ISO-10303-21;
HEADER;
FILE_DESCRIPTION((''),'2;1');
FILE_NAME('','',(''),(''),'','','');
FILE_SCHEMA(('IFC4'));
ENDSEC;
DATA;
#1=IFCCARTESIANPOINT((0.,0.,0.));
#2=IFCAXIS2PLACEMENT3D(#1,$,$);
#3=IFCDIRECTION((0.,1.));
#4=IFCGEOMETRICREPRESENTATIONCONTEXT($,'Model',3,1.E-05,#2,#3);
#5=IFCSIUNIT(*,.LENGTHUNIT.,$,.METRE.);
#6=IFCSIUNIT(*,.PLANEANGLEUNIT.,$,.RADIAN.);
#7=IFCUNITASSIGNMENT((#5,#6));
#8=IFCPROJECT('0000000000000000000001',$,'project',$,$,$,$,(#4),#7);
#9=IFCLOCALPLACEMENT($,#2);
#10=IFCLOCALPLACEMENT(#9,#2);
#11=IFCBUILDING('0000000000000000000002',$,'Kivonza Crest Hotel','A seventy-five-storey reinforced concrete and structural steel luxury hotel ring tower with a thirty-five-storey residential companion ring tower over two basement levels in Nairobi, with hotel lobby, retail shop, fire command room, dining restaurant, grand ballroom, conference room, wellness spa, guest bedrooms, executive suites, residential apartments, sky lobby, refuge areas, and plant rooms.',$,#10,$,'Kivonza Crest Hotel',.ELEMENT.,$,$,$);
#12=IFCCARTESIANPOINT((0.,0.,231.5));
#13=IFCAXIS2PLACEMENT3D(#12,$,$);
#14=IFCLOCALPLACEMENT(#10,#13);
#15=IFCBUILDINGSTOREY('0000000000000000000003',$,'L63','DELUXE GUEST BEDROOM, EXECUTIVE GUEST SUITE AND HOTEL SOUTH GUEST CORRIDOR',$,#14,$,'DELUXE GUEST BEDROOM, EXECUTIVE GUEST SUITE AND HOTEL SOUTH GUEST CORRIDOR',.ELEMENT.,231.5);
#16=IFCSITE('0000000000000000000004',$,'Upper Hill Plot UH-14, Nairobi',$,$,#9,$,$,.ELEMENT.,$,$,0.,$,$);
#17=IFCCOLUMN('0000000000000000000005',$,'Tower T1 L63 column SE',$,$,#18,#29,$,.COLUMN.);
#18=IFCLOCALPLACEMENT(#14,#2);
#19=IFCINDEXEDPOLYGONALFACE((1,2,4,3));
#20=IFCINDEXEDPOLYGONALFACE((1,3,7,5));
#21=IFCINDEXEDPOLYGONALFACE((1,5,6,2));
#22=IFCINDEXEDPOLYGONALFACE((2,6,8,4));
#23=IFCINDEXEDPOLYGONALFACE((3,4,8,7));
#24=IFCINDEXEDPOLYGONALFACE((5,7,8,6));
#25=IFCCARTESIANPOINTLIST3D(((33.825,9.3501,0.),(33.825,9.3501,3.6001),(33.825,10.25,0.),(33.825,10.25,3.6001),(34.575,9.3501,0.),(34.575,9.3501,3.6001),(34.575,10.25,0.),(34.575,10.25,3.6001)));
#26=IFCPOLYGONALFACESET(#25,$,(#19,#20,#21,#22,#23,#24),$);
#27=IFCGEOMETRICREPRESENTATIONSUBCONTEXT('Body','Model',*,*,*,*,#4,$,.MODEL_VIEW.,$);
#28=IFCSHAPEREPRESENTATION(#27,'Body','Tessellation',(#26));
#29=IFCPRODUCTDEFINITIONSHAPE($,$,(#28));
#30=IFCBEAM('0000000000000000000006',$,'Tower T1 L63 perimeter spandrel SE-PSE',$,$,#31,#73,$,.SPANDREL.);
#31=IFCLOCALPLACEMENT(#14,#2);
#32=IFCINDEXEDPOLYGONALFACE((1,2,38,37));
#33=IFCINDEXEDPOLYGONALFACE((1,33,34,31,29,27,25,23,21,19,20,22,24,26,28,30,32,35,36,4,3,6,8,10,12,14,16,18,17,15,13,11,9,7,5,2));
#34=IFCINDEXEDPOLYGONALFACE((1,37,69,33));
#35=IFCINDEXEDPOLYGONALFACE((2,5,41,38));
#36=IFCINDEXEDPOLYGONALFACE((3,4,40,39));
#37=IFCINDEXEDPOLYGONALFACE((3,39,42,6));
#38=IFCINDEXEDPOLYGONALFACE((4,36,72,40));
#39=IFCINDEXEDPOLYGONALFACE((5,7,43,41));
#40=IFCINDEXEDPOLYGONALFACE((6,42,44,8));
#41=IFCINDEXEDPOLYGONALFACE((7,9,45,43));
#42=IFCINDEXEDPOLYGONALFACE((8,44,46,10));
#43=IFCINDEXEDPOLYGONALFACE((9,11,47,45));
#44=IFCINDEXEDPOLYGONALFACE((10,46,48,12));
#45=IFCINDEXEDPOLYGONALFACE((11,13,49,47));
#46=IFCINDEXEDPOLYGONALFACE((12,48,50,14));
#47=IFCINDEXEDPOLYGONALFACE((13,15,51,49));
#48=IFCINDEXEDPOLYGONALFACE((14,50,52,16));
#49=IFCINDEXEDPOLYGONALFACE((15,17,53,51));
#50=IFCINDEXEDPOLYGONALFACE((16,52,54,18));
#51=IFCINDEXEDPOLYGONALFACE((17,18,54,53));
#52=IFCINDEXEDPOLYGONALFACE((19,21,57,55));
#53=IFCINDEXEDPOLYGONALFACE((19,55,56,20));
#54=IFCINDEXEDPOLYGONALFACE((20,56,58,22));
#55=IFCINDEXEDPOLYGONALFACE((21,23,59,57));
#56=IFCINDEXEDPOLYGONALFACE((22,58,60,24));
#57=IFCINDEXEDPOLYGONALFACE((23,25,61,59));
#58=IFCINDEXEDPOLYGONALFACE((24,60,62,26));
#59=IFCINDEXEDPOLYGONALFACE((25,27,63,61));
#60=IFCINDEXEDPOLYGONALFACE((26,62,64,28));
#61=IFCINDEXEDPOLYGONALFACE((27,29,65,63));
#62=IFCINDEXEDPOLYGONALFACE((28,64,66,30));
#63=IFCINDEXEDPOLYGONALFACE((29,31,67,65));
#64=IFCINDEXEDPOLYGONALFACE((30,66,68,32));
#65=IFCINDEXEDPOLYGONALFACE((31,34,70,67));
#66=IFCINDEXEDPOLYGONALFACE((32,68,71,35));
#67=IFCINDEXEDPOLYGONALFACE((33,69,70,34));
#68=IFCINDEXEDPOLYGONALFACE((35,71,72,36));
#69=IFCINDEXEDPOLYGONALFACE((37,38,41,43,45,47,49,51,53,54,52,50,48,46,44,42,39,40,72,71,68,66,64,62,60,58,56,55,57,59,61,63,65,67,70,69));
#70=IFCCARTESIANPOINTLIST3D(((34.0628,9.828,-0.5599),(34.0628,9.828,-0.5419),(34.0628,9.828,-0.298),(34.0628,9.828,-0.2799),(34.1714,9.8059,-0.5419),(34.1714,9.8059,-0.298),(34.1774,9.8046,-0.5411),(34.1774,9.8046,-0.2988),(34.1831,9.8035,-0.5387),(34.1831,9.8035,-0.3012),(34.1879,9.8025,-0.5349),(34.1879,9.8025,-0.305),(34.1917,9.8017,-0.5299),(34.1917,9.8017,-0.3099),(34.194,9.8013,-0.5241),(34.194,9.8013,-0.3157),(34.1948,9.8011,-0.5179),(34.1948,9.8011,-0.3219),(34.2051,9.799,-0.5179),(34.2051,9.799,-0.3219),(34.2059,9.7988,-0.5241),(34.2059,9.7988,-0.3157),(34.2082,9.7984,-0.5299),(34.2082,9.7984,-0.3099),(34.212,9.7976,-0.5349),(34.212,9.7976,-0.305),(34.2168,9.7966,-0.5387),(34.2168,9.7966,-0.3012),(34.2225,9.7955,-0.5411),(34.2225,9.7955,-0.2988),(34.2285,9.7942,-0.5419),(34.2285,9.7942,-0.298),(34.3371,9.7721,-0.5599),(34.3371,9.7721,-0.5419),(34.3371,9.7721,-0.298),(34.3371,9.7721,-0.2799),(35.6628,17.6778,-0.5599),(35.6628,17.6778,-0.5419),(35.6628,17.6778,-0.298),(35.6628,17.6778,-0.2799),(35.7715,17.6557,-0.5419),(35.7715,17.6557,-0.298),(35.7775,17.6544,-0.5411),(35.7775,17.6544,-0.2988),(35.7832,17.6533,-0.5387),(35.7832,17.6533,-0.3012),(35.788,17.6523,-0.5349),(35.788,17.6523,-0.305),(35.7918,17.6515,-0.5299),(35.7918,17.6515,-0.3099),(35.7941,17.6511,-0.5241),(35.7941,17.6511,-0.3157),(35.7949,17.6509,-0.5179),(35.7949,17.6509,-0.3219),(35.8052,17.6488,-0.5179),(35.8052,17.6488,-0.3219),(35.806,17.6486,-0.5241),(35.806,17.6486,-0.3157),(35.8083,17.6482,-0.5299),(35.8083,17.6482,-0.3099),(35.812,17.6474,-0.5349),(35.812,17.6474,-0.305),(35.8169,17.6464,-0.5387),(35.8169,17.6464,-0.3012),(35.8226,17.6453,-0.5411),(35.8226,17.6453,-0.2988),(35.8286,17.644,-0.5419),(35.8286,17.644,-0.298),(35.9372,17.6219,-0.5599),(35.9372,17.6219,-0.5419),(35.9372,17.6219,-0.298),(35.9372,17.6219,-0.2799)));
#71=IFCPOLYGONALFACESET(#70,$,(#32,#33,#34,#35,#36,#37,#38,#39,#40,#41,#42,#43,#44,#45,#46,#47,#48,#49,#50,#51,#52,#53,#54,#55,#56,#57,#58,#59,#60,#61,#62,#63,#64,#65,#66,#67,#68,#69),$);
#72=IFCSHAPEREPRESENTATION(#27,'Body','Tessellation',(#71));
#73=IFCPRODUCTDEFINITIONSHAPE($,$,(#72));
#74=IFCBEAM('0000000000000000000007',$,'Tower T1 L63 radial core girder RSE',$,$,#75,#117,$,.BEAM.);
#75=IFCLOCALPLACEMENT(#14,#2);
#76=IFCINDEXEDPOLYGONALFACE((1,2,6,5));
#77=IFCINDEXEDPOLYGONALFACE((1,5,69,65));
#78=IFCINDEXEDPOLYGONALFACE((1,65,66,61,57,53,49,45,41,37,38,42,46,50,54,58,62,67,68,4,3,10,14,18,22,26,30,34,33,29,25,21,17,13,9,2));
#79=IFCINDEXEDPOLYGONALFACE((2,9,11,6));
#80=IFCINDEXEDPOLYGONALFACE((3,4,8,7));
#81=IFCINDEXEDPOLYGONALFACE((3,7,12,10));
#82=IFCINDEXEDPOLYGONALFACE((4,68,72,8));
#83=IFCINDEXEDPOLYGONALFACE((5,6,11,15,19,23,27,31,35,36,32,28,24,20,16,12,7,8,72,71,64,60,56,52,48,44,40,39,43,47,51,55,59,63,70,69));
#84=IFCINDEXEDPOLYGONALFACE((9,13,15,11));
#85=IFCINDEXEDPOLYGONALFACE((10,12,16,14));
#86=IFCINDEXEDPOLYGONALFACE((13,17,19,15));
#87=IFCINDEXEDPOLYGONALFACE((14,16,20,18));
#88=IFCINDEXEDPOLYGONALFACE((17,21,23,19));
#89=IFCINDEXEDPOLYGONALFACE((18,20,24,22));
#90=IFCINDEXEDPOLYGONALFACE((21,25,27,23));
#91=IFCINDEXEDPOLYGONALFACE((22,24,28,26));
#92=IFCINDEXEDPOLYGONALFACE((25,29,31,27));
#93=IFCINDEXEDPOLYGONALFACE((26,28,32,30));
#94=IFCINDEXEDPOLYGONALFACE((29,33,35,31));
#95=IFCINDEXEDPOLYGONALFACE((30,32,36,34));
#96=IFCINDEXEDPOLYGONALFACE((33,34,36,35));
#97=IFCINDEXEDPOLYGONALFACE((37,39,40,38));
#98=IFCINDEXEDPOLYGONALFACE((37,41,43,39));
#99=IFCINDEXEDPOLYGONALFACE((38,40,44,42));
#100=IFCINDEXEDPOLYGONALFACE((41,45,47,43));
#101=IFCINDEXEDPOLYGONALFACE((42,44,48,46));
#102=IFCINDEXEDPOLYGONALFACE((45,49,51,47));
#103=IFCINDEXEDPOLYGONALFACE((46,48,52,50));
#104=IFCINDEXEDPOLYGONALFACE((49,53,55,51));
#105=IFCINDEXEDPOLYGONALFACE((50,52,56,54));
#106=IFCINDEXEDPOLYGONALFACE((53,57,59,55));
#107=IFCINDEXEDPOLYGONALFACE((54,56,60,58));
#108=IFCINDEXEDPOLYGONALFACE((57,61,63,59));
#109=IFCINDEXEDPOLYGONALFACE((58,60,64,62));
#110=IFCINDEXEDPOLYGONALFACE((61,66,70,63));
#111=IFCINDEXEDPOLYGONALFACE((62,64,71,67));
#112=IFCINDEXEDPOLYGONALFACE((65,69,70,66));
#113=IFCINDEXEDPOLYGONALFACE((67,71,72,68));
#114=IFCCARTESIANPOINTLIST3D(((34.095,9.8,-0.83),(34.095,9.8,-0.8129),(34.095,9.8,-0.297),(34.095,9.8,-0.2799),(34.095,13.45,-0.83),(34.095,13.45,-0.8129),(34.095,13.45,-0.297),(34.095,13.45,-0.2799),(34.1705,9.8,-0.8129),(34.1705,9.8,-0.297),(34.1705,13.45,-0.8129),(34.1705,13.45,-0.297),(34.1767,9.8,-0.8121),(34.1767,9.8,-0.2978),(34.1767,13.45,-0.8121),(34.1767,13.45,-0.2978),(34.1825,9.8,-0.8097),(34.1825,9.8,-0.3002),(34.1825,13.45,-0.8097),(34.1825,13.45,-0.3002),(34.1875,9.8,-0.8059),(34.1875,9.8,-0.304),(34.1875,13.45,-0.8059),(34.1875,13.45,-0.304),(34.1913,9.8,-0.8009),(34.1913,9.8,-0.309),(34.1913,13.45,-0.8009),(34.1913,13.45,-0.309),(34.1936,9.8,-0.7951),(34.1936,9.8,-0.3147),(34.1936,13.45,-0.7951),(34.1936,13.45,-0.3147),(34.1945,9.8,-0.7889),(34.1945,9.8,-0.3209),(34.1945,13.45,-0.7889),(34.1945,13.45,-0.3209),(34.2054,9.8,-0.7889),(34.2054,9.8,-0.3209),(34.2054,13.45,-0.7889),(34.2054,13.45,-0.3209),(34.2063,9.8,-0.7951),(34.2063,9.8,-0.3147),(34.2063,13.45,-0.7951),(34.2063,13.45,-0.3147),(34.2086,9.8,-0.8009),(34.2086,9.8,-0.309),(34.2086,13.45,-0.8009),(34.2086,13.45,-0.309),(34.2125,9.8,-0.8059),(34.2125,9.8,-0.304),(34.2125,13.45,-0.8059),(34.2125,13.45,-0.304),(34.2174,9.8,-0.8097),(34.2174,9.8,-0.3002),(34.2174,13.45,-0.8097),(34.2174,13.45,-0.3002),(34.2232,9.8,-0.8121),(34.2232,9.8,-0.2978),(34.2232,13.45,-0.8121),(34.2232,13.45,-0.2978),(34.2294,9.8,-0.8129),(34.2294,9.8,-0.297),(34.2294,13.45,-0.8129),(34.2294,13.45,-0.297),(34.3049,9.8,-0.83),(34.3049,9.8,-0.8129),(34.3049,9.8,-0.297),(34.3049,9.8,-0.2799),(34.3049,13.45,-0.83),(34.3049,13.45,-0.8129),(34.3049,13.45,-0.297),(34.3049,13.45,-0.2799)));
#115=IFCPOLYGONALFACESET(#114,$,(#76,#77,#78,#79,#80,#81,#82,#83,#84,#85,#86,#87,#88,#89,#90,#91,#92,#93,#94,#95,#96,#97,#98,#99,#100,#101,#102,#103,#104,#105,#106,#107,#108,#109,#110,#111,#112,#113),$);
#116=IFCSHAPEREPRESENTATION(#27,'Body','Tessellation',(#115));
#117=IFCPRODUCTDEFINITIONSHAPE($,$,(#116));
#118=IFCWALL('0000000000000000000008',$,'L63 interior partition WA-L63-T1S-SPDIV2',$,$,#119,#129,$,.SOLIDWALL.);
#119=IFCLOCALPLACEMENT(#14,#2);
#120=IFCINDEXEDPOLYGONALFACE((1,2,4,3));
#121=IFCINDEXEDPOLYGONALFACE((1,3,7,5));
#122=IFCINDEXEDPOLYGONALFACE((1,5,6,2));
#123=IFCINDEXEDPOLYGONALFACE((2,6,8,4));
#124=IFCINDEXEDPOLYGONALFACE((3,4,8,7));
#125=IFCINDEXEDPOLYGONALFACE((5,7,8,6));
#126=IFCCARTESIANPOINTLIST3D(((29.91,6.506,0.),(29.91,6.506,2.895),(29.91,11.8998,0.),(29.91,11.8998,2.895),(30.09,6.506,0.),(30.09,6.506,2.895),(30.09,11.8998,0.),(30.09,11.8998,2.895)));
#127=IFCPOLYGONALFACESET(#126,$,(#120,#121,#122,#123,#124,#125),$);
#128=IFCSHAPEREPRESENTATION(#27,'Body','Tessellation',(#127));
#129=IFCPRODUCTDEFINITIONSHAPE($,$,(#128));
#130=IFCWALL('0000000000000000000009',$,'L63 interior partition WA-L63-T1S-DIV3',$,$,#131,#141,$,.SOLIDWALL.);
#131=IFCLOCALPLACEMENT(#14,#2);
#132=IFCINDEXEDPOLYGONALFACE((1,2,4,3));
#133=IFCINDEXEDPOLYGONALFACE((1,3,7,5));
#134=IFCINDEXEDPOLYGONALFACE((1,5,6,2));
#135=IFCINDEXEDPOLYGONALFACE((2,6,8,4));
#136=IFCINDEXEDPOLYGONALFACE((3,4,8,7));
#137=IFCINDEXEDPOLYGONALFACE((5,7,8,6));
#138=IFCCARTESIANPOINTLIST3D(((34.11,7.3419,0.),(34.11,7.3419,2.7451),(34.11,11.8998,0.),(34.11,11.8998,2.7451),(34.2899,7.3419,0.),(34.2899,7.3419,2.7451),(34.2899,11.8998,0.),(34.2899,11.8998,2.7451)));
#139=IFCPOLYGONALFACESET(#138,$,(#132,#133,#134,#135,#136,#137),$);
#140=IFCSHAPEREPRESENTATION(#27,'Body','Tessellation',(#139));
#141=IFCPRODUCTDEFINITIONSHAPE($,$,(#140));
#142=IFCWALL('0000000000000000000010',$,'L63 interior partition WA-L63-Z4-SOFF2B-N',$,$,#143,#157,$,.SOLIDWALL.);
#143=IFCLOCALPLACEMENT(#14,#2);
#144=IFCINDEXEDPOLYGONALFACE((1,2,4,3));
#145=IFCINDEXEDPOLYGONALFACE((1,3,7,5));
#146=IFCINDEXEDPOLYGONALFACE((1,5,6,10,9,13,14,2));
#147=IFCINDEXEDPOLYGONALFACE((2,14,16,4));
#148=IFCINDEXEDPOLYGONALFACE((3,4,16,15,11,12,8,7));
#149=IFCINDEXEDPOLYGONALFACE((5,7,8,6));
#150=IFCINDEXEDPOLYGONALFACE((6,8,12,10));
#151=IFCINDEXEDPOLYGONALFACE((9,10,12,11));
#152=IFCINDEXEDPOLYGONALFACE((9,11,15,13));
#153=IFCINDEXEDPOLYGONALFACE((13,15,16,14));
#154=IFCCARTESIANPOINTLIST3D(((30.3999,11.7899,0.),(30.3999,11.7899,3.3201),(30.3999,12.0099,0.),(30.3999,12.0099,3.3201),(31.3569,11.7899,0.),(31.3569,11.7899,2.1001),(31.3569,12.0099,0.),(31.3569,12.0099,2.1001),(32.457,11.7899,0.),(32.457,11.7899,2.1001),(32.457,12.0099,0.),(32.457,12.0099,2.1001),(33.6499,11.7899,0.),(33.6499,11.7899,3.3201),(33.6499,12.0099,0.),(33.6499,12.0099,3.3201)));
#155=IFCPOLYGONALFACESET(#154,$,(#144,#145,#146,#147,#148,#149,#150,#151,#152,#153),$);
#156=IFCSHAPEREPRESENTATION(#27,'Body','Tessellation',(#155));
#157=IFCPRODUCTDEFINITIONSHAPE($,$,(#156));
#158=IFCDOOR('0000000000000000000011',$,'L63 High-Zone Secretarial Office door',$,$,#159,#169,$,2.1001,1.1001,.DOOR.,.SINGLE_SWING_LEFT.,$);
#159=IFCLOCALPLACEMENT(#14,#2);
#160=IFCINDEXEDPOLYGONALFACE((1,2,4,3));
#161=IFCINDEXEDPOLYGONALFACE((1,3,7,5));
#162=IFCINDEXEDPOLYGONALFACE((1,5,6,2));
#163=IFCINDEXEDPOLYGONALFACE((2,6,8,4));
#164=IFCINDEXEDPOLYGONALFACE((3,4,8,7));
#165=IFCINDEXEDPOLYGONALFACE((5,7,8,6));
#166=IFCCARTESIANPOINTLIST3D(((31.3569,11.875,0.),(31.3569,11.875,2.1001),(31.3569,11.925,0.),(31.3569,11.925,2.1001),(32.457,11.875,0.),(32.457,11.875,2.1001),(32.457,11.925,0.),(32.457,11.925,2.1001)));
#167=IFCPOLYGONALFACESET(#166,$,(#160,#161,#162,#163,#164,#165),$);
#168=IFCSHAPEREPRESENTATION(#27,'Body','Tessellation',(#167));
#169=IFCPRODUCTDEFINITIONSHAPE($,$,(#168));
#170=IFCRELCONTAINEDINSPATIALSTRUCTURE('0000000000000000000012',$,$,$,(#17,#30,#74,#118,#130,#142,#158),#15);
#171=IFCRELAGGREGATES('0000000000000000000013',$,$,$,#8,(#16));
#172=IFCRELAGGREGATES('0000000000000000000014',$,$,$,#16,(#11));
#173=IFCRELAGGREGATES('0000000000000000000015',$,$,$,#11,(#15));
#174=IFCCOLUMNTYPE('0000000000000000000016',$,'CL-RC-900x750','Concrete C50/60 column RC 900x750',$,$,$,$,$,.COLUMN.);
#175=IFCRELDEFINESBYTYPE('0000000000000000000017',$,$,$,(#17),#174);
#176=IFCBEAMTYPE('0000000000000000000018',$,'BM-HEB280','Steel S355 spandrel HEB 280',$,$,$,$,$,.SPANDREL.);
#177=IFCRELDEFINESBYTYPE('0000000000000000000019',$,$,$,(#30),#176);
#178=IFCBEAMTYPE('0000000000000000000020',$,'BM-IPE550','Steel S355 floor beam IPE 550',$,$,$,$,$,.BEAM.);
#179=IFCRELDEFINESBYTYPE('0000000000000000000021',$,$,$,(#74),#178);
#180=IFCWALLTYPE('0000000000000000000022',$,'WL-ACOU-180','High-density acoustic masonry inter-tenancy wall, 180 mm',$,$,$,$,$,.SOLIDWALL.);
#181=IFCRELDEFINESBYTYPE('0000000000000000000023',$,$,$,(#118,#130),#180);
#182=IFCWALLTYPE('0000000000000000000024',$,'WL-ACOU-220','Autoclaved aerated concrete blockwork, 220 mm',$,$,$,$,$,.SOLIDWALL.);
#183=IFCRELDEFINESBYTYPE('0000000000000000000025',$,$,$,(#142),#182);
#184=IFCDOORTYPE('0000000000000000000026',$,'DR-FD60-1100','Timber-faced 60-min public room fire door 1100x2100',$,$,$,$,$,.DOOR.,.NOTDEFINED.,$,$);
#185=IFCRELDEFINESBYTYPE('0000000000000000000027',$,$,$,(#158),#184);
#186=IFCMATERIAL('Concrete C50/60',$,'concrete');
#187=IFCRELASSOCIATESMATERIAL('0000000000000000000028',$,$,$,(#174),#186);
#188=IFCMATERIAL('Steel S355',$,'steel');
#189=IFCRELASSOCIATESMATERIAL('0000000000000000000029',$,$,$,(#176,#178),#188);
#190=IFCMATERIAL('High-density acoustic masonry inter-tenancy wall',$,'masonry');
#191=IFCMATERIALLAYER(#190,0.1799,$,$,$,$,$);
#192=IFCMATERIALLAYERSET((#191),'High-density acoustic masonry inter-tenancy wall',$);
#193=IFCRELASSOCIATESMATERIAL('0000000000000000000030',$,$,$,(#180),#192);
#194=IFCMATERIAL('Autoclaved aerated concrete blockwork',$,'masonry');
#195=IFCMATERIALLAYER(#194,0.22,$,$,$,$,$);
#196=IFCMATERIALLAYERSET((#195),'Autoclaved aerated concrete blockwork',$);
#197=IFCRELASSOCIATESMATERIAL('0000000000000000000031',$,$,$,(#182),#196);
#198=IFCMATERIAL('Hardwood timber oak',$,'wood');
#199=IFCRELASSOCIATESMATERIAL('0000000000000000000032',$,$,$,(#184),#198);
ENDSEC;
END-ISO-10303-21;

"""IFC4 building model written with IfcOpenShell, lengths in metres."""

from ifc_helpers import new_model, si_unit, direction, frame, frame_2d, origin, origin_2d, place, context, subcontext, project, spatial, rectangle, i_section, extrude, material, layer, layer_set, material_profile, profile_set, type_object, element, fill, save


model = new_model("IFC4")

# Units and contexts
model_context = context("Model", 3, precision=1e-05, world=origin(), true_north=direction((0.0, 1.0)))
body_context = subcontext(model_context, "Body", "Model", "MODEL_VIEW")
ifc_project = project(units=[si_unit("LENGTHUNIT", "METRE"), si_unit("PLANEANGLEUNIT", "RADIAN")], contexts=[model_context])

# Site, building, storey
site_placement = place(None, origin())
site = spatial("IfcSite", under=ifc_project, at=site_placement, Name="Upper Hill Plot UH-14, Nairobi", CompositionType="ELEMENT", RefElevation=0.0)
building_placement = place(site_placement, origin())
building = spatial("IfcBuilding", under=site, at=building_placement, Name="Kivonza Crest Hotel", Description="A seventy-five-storey reinforced concrete and structural steel luxury hotel ring tower with a thirty-five-storey residential companion ring tower over two basement levels in Nairobi, with hotel lobby, retail shop, fire command room, dining restaurant, grand ballroom, conference room, wellness spa, guest bedrooms, executive suites, residential apartments, sky lobby, refuge areas, and plant rooms.", LongName="Kivonza Crest Hotel", CompositionType="ELEMENT")
storey_placement = place(building_placement, frame((0.0, 0.0, 231.5)))
storey = spatial("IfcBuildingStorey", under=building, at=storey_placement, Name="L63", Description="DELUXE GUEST BEDROOM, EXECUTIVE GUEST SUITE AND HOTEL SOUTH GUEST CORRIDOR", LongName="DELUXE GUEST BEDROOM, EXECUTIVE GUEST SUITE AND HOTEL SOUTH GUEST CORRIDOR", CompositionType="ELEMENT", Elevation=231.5)

# Column
ifc_material_1 = material(Name="Concrete C50/60", Category="concrete")
ifc_material_profile_1 = material_profile(ifc_material_1, rectangle(XDim=0.75, YDim=0.8999, at=origin_2d()), Name="RC 900x750")
ifc_profile_set_1 = profile_set([ifc_material_profile_1], Name="Concrete C50/60")
column_type = type_object("IfcColumnType", Name="CL-RC-900x750", Description="Concrete C50/60 column RC 900x750", PredefinedType="COLUMN", material=ifc_profile_set_1)
column_placement = place(storey_placement, frame((34.2, 9.8, 0.0), z_axis=(0.0, 0.0, 1.0), x_axis=(1.0, 0.0, 0.0)))
element("IfcColumn", 1, at=column_placement, inside=storey, type_object=column_type, Name="Tower T1 L63 column SE", PredefinedType="COLUMN", context=body_context, shape_type="SweptSolid", body=[
    extrude(rectangle(XDim=0.75, YDim=0.8999, at=origin_2d()), origin(), (0.0, 0.0, 1.0), 3.6001),
])

# Beams
ifc_material_2 = material(Name="Steel S355", Category="steel")
ifc_material_profile_2 = material_profile(ifc_material_2, i_section(OverallWidth=0.28, OverallDepth=0.28, WebThickness=0.0105, FlangeThickness=0.0181, FilletRadius=0.0239, at=origin_2d()), Name="HEB 280")
ifc_profile_set_2 = profile_set([ifc_material_profile_2], Name="Steel S355")
beam_type_1 = type_object("IfcBeamType", Name="BM-HEB280", Description="Steel S355 spandrel HEB 280", PredefinedType="SPANDREL", material=ifc_profile_set_2)
beam_1_placement = place(storey_placement, frame((34.2, 9.8, -0.4199), z_axis=(0.199731, 0.979851, 0.0), x_axis=(-0.979851, 0.199731, 0.0)))
element("IfcBeam", 2, at=beam_1_placement, inside=storey, type_object=beam_type_1, Name="Tower T1 L63 perimeter spandrel SE-PSE", PredefinedType="SPANDREL", context=body_context, shape_type="SweptSolid", body=[
    extrude(i_section(OverallWidth=0.28, OverallDepth=0.28, WebThickness=0.0105, FlangeThickness=0.0181, FilletRadius=0.0239, at=origin_2d()), origin(), (0.0, 0.0, 1.0), 8.0112),
])
ifc_material_profile_3 = material_profile(ifc_material_2, i_section(OverallWidth=0.21, OverallDepth=0.55, WebThickness=0.011, FlangeThickness=0.0171, FilletRadius=0.0239, at=origin_2d()), Name="IPE 550")
ifc_profile_set_3 = profile_set([ifc_material_profile_3], Name="Steel S355")
beam_type_2 = type_object("IfcBeamType", Name="BM-IPE550", Description="Steel S355 floor beam IPE 550", PredefinedType="BEAM", material=ifc_profile_set_3)
beam_2_placement = place(storey_placement, frame((34.2, 9.8, -0.5549), z_axis=(0.0, 1.0, 0.0), x_axis=(-1.0, 0.0, 0.0)))
element("IfcBeam", 3, at=beam_2_placement, inside=storey, type_object=beam_type_2, Name="Tower T1 L63 radial core girder RSE", PredefinedType="BEAM", context=body_context, shape_type="SweptSolid", body=[
    extrude(i_section(OverallWidth=0.21, OverallDepth=0.55, WebThickness=0.011, FlangeThickness=0.0171, FilletRadius=0.0239, at=origin_2d()), origin(), (0.0, 0.0, 1.0), 3.6499),
])

# Walls
ifc_material_3 = material(Name="High-density acoustic masonry inter-tenancy wall", Category="masonry")
ifc_layer_1 = layer(ifc_material_3, 0.1799)
ifc_layer_set_1 = layer_set([ifc_layer_1], Name="High-density acoustic masonry inter-tenancy wall")
wall_type_1 = type_object("IfcWallType", Name="WL-ACOU-180", Description="High-density acoustic masonry inter-tenancy wall, 180 mm", PredefinedType="SOLIDWALL", material=ifc_layer_set_1)
wall_1_placement = place(storey_placement, frame((30.0, 6.5061, 0.0), z_axis=(0.0, 0.0, 1.0), x_axis=(0.0, 1.0, 0.0)))
element("IfcWall", 4, at=wall_1_placement, inside=storey, type_object=wall_type_1, Name="L63 interior partition WA-L63-T1S-SPDIV2", PredefinedType="SOLIDWALL", context=body_context, shape_type="SweptSolid", body=[
    extrude(rectangle(XDim=5.3938, YDim=0.1799, at=frame_2d((2.6968, 0.0))), origin(), (0.0, 0.0, 1.0), 2.895),
])
wall_2_placement = place(storey_placement, frame((34.2, 7.342, 0.0), z_axis=(0.0, 0.0, 1.0), x_axis=(0.0, 1.0, 0.0)))
element("IfcWall", 5, at=wall_2_placement, inside=storey, type_object=wall_type_1, Name="L63 interior partition WA-L63-T1S-DIV3", PredefinedType="SOLIDWALL", context=body_context, shape_type="SweptSolid", body=[
    extrude(rectangle(XDim=4.5579, YDim=0.1799, at=frame_2d((2.2788, 0.0))), origin(), (0.0, 0.0, 1.0), 2.7451),
])

# Wall, opening, door
ifc_material_4 = material(Name="Autoclaved aerated concrete blockwork", Category="masonry")
ifc_layer_2 = layer(ifc_material_4, 0.22)
ifc_layer_set_2 = layer_set([ifc_layer_2], Name="Autoclaved aerated concrete blockwork")
wall_type_2 = type_object("IfcWallType", Name="WL-ACOU-220", Description="Autoclaved aerated concrete blockwork, 220 mm", PredefinedType="SOLIDWALL", material=ifc_layer_set_2)
wall_3_placement = place(storey_placement, frame((30.3999, 11.8999, 0.0), z_axis=(0.0, 0.0, 1.0), x_axis=(1.0, 0.0, 0.0)))
wall_3 = element("IfcWall", 6, at=wall_3_placement, inside=storey, type_object=wall_type_2, Name="L63 interior partition WA-L63-Z4-SOFF2B-N", PredefinedType="SOLIDWALL", context=body_context, shape_type="SweptSolid", body=[
    extrude(rectangle(XDim=3.25, YDim=0.22, at=frame_2d((1.625, 0.0))), origin(), (0.0, 0.0, 1.0), 3.3201),
])
opening_1_placement = place(wall_3_placement, frame((0.957, 0.0, 0.0)))
opening_1 = element("IfcOpeningElement", 7, at=opening_1_placement, cuts=wall_3, PredefinedType="OPENING", context=body_context, shape_type="SweptSolid", body=[
    extrude(rectangle(XDim=1.1001, YDim=2.1001, at=frame_2d((0.55, 1.05))), frame((0.0, 0.1201, 0.0), z_axis=(0.0, -1.0, 0.0), x_axis=(1.0, 0.0, 0.0)), (0.0, 0.0, 1.0), 0.24),
])
ifc_material_5 = material(Name="Hardwood timber oak", Category="wood")
door_type_1 = type_object("IfcDoorType", Name="DR-FD60-1100", Description="Timber-faced 60-min public room fire door 1100x2100", OperationType="NOTDEFINED", PredefinedType="DOOR", material=ifc_material_5)
door_1_placement = place(opening_1_placement, frame((1.1001, 0.0, 0.0), z_axis=(0.0, 0.0, 1.0), x_axis=(-1.0, 0.0, 0.0)))
door_1 = element("IfcDoor", 8, at=door_1_placement, inside=storey, type_object=door_type_1, Name="L63 High-Zone Secretarial Office door", OperationType="SINGLE_SWING_LEFT", OverallHeight=2.1001, OverallWidth=1.1001, PredefinedType="DOOR", context=body_context, shape_type="SweptSolid", body=[
    extrude(rectangle(XDim=1.1001, YDim=2.1001, at=frame_2d((0.55, 1.05))), frame((0.0, 0.0249, 0.0), z_axis=(0.0, -1.0, 0.0), x_axis=(1.0, 0.0, 0.0)), (0.0, 0.0, 1.0), 0.05),
])
fill(opening_1, door_1)

save(model, "model.ifc")
